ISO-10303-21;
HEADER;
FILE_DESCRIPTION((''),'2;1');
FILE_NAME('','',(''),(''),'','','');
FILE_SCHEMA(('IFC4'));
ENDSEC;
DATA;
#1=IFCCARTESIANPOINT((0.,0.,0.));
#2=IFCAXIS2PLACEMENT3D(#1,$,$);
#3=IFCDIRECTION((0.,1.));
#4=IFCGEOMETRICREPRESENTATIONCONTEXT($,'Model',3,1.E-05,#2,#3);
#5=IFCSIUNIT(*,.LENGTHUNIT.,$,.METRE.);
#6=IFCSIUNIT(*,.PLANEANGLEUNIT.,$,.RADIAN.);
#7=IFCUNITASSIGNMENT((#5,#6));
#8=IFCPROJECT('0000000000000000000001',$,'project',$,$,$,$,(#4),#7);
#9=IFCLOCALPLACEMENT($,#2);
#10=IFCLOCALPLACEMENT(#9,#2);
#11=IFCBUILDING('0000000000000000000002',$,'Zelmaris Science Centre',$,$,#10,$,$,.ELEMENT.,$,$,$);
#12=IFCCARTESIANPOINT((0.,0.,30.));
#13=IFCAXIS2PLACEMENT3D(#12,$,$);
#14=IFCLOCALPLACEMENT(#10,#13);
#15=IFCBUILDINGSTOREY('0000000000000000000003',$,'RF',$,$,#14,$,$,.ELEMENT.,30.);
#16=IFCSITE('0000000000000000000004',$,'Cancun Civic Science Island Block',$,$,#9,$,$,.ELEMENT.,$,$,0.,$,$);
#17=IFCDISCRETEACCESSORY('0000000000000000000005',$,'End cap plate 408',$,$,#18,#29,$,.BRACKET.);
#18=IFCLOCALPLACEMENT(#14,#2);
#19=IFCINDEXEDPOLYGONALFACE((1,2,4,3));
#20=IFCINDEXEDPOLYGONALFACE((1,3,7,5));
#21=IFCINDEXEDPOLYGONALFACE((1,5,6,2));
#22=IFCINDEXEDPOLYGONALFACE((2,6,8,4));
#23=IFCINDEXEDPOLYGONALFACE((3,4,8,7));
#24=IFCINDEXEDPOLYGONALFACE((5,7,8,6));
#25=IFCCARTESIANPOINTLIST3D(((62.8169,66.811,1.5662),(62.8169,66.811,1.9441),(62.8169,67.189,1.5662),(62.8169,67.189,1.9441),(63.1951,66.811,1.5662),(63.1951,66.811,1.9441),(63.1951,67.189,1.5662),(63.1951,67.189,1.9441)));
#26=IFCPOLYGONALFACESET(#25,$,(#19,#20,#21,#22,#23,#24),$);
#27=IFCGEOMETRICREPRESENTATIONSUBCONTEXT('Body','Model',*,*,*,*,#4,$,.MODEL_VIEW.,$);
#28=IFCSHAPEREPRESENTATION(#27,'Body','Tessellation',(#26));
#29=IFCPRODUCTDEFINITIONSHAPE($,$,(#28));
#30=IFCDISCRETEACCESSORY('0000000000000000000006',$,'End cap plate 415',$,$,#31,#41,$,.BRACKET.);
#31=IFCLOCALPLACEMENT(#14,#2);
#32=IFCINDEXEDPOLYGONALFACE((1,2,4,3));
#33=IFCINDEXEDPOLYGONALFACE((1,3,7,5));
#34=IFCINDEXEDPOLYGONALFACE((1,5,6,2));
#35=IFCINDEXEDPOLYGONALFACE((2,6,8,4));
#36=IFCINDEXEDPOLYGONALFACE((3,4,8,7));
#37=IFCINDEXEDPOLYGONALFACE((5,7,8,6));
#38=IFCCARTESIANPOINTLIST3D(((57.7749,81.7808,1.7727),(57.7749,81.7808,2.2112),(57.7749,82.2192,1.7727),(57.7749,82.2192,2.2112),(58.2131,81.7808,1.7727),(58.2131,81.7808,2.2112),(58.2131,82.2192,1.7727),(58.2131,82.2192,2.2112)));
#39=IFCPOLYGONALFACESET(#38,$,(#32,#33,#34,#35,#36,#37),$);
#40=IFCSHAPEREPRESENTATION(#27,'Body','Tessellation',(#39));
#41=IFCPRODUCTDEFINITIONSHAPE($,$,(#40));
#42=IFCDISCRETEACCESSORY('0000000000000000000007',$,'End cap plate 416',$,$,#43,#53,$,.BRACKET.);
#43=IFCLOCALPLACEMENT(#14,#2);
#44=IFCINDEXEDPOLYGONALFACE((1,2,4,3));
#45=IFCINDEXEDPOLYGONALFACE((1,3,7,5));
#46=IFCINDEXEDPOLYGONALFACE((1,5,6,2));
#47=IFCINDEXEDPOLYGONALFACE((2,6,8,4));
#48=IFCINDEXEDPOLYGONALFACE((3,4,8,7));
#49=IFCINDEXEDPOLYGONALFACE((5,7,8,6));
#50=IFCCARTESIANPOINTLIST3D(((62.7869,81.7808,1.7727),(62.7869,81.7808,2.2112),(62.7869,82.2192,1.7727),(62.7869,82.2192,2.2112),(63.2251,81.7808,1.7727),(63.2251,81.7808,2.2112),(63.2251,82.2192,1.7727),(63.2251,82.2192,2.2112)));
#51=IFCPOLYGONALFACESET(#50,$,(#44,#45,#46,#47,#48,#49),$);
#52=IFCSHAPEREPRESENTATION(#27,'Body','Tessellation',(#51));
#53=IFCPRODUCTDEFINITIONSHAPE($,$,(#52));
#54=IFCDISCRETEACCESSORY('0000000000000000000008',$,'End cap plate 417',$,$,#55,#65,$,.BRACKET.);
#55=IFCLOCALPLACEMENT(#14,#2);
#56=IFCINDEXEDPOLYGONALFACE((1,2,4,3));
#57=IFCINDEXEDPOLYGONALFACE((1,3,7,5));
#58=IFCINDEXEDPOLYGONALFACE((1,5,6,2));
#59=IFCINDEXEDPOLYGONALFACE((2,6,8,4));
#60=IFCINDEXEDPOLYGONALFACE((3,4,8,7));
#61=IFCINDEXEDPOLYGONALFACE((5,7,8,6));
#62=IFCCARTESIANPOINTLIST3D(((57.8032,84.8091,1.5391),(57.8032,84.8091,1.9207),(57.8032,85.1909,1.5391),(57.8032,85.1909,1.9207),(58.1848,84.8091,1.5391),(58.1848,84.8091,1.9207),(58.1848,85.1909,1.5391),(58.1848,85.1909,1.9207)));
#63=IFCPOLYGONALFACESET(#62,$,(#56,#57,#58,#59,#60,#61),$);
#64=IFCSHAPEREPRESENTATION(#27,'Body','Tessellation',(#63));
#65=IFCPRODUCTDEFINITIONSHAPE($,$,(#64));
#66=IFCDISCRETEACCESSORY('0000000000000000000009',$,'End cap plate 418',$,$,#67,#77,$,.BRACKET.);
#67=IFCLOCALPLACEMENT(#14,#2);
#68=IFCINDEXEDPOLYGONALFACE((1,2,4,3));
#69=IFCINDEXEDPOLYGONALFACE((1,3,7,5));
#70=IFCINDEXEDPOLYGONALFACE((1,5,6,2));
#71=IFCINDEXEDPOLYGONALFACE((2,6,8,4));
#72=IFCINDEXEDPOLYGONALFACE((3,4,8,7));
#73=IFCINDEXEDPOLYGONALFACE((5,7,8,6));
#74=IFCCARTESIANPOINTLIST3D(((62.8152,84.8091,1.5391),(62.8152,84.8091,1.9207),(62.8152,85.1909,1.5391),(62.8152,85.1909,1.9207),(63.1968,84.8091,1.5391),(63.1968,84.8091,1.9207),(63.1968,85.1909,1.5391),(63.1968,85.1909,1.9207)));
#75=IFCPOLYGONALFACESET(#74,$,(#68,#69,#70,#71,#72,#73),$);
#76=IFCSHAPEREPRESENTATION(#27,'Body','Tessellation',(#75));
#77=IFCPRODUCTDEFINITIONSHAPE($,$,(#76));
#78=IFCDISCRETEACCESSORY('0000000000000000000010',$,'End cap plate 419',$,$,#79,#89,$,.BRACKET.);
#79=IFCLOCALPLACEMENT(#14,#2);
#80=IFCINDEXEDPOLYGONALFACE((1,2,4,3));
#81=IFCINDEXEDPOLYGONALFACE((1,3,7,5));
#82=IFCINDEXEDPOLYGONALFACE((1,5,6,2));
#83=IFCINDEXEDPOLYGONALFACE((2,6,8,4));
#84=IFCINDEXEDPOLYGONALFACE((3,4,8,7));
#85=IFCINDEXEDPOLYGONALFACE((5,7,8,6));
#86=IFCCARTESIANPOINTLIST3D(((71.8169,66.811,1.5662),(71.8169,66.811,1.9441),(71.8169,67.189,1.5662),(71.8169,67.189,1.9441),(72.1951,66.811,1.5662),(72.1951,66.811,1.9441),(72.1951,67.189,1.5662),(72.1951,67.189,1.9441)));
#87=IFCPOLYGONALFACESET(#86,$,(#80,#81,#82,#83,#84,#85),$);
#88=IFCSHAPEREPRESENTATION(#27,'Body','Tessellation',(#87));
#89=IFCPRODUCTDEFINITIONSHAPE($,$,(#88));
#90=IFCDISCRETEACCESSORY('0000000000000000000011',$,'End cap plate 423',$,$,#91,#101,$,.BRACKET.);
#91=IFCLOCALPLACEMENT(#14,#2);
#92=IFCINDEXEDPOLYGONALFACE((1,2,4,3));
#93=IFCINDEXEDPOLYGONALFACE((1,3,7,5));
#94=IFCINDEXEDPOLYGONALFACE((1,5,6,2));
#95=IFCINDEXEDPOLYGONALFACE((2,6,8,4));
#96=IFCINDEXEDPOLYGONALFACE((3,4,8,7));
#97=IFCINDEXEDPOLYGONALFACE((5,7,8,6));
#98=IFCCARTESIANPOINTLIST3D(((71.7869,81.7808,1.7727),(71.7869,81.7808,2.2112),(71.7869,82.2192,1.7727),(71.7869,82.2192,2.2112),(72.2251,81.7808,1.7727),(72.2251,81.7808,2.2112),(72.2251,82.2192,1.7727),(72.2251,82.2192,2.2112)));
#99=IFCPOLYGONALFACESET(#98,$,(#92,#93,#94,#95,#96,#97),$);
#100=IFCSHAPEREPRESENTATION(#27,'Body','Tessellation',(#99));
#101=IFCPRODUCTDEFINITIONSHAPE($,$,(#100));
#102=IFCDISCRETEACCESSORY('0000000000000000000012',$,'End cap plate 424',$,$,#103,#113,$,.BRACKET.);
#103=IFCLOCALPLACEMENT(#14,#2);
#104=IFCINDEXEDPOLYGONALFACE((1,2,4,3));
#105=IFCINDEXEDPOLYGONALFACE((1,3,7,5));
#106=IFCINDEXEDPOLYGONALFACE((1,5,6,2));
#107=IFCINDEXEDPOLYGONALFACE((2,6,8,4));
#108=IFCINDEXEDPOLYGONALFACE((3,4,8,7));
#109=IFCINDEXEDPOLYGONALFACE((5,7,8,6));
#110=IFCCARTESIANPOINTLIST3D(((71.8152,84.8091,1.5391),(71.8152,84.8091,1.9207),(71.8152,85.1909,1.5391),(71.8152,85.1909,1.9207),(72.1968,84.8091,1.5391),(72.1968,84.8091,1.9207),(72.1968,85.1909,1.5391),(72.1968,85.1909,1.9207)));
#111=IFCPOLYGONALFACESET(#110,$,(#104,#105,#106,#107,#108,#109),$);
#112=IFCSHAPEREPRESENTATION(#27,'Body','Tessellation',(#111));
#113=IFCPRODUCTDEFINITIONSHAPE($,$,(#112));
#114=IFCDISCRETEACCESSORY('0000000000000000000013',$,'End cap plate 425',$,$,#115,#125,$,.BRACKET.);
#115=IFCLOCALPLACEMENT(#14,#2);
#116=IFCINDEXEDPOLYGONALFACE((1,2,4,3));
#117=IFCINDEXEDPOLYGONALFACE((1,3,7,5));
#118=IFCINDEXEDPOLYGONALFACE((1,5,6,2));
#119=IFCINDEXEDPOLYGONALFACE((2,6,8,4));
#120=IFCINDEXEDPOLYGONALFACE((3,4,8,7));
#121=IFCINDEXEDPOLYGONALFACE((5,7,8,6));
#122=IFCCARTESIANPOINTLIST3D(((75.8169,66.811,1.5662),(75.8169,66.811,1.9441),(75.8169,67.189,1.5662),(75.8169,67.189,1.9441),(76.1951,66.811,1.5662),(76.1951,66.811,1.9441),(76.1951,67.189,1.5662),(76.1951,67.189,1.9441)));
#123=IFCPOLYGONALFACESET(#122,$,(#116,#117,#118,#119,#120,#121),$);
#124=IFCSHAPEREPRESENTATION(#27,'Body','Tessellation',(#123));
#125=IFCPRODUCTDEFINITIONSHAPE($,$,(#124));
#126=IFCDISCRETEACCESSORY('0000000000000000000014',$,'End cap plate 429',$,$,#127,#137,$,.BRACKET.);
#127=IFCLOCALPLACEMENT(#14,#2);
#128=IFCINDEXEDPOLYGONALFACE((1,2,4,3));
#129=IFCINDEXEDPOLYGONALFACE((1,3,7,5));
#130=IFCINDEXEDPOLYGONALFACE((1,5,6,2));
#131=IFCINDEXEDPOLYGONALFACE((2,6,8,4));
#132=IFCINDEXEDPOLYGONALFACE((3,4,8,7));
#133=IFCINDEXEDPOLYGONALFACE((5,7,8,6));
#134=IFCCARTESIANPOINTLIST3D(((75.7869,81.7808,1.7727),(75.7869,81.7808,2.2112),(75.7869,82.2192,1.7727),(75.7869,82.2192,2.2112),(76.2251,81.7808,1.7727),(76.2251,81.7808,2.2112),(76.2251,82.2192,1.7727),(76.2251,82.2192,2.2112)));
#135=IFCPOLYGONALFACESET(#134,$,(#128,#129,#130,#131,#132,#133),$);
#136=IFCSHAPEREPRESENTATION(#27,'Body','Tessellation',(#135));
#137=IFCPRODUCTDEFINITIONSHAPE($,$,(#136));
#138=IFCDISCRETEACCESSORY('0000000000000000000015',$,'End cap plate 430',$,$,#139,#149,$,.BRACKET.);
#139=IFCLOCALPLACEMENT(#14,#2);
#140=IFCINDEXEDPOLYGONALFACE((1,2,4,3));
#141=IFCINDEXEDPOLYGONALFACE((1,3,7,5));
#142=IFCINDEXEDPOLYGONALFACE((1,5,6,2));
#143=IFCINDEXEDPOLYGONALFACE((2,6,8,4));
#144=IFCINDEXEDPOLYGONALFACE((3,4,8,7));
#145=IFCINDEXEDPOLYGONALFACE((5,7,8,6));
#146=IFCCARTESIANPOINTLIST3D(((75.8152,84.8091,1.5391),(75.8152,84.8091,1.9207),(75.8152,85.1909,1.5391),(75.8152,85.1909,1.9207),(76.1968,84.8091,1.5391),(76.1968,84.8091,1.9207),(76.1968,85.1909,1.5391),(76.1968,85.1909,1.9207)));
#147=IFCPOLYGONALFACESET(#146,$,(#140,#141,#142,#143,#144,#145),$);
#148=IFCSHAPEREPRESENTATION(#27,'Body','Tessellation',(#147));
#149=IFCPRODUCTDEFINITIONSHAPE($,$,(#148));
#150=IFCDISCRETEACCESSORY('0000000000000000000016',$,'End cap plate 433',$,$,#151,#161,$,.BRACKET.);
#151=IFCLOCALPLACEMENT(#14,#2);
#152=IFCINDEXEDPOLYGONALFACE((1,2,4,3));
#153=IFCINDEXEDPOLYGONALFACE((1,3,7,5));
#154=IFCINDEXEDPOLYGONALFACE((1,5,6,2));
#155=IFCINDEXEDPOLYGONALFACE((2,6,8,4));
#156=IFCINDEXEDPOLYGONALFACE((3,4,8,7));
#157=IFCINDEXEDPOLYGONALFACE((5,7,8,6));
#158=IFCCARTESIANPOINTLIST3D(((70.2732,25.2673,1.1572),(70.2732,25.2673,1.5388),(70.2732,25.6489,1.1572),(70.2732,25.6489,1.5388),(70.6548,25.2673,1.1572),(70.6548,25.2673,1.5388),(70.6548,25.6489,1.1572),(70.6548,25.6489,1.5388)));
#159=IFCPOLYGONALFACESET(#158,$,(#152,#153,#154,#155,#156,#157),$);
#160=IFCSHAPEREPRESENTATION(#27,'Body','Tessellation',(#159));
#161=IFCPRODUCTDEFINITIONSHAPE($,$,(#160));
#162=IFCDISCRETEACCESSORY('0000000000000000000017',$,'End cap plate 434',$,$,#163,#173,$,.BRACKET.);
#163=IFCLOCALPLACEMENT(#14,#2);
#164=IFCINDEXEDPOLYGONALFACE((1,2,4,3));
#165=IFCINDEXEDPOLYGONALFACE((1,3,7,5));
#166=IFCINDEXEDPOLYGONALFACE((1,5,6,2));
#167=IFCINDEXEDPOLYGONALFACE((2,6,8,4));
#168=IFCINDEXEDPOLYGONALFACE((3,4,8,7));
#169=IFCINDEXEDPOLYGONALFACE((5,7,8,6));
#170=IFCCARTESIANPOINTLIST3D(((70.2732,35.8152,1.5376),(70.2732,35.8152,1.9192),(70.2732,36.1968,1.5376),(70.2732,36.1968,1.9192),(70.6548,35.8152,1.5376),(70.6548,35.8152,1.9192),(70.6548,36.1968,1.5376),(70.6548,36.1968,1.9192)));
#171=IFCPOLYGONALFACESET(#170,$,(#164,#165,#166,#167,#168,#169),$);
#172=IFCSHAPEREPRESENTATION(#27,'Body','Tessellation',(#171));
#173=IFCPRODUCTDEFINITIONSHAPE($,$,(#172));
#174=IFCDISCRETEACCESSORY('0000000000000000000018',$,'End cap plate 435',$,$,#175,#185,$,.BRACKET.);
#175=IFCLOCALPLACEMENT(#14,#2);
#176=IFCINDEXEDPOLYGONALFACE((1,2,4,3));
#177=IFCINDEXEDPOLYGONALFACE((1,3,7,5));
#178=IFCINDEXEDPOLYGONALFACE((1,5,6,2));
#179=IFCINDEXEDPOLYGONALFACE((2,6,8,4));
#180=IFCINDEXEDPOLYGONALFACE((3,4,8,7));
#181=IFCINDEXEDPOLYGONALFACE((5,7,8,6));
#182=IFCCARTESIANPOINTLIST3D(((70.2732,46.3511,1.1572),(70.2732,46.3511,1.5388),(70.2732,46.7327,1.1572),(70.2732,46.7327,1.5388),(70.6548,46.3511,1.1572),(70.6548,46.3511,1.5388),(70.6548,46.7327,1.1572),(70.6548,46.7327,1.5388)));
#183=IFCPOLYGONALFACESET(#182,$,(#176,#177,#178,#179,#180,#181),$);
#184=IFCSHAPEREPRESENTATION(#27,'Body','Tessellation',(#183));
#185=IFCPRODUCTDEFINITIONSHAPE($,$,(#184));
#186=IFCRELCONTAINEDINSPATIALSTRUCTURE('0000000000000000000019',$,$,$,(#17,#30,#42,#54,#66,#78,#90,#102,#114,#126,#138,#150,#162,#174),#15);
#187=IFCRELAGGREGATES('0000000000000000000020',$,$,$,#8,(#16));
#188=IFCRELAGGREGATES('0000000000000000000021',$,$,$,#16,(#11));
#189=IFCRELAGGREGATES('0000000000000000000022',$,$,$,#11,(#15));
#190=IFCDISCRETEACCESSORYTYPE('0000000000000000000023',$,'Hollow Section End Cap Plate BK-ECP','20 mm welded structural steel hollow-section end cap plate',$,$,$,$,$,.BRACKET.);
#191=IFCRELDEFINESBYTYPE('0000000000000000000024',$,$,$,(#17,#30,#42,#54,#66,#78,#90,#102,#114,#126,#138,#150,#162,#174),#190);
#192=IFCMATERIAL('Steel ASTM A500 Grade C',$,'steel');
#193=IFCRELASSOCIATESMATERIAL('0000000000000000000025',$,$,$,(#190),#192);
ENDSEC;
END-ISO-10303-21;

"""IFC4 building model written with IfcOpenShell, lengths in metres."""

from ifc_helpers import new_model, si_unit, direction, frame, origin, place, context, subcontext, project, spatial, polyline, outline, extrude, material, type_object, element, save


model = new_model("IFC4")

# Units and contexts
model_context = context("Model", 3, precision=1e-05, world=origin(), true_north=direction((0.0, 1.0)))
body_context = subcontext(model_context, "Body", "Model", "MODEL_VIEW")
ifc_project = project(units=[si_unit("LENGTHUNIT", "METRE"), si_unit("PLANEANGLEUNIT", "RADIAN")], contexts=[model_context])

# Site, building, storey
site_placement = place(None, origin())
site = spatial("IfcSite", under=ifc_project, at=site_placement, Name="Cancun Civic Science Island Block", CompositionType="ELEMENT", RefElevation=0.0)
building_placement = place(site_placement, origin())
building = spatial("IfcBuilding", under=site, at=building_placement, Name="Zelmaris Science Centre", CompositionType="ELEMENT")
storey_placement = place(building_placement, frame((0.0, 0.0, 30.0)))
storey = spatial("IfcBuildingStorey", under=building, at=storey_placement, Name="RF", CompositionType="ELEMENT", Elevation=30.0)

# Discrete accessories
ifc_material = material(Name="Steel ASTM A500 Grade C", Category="steel")
discrete_accessory_type = type_object("IfcDiscreteAccessoryType", Name="Hollow Section End Cap Plate BK-ECP", Description="20 mm welded structural steel hollow-section end cap plate", PredefinedType="BRACKET", material=ifc_material)
discrete_accessory_1_placement = place(storey_placement, frame((0.0, 0.0, 1.5662)))
element("IfcDiscreteAccessory", 1, at=discrete_accessory_1_placement, inside=storey, type_object=discrete_accessory_type, Name="End cap plate 408", PredefinedType="BRACKET", context=body_context, shape_type="SweptSolid", body=[
    extrude(outline(polyline([(62.8169, 66.811), (63.1951, 66.811), (63.1951, 67.189), (62.8169, 67.189), (62.8169, 66.811)])), origin(), (0.0, 0.0, 1.0), 0.3779),
])
discrete_accessory_2_placement = place(storey_placement, frame((0.0, 0.0, 1.7727)))
element("IfcDiscreteAccessory", 2, at=discrete_accessory_2_placement, inside=storey, type_object=discrete_accessory_type, Name="End cap plate 415", PredefinedType="BRACKET", context=body_context, shape_type="SweptSolid", body=[
    extrude(outline(polyline([(57.7749, 81.7808), (58.2131, 81.7808), (58.2131, 82.2192), (57.7749, 82.2192), (57.7749, 81.7808)])), origin(), (0.0, 0.0, 1.0), 0.4385),
])
discrete_accessory_3_placement = place(storey_placement, frame((0.0, 0.0, 1.7727)))
element("IfcDiscreteAccessory", 3, at=discrete_accessory_3_placement, inside=storey, type_object=discrete_accessory_type, Name="End cap plate 416", PredefinedType="BRACKET", context=body_context, shape_type="SweptSolid", body=[
    extrude(outline(polyline([(62.7869, 81.7808), (63.2251, 81.7808), (63.2251, 82.2192), (62.7869, 82.2192), (62.7869, 81.7808)])), origin(), (0.0, 0.0, 1.0), 0.4385),
])
discrete_accessory_4_placement = place(storey_placement, frame((0.0, 0.0, 1.5391)))
element("IfcDiscreteAccessory", 4, at=discrete_accessory_4_placement, inside=storey, type_object=discrete_accessory_type, Name="End cap plate 417", PredefinedType="BRACKET", context=body_context, shape_type="SweptSolid", body=[
    extrude(outline(polyline([(57.8032, 84.8091), (58.1848, 84.8091), (58.1848, 85.1909), (57.8032, 85.1909), (57.8032, 84.8091)])), origin(), (0.0, 0.0, 1.0), 0.3816),
])
discrete_accessory_5_placement = place(storey_placement, frame((0.0, 0.0, 1.5391)))
element("IfcDiscreteAccessory", 5, at=discrete_accessory_5_placement, inside=storey, type_object=discrete_accessory_type, Name="End cap plate 418", PredefinedType="BRACKET", context=body_context, shape_type="SweptSolid", body=[
    extrude(outline(polyline([(62.8152, 84.8091), (63.1968, 84.8091), (63.1968, 85.1909), (62.8152, 85.1909), (62.8152, 84.8091)])), origin(), (0.0, 0.0, 1.0), 0.3816),
])
discrete_accessory_6_placement = place(storey_placement, frame((0.0, 0.0, 1.5662)))
element("IfcDiscreteAccessory", 6, at=discrete_accessory_6_placement, inside=storey, type_object=discrete_accessory_type, Name="End cap plate 419", PredefinedType="BRACKET", context=body_context, shape_type="SweptSolid", body=[
    extrude(outline(polyline([(71.8169, 66.811), (72.1951, 66.811), (72.1951, 67.189), (71.8169, 67.189), (71.8169, 66.811)])), origin(), (0.0, 0.0, 1.0), 0.3779),
])
discrete_accessory_7_placement = place(storey_placement, frame((0.0, 0.0, 1.7727)))
element("IfcDiscreteAccessory", 7, at=discrete_accessory_7_placement, inside=storey, type_object=discrete_accessory_type, Name="End cap plate 423", PredefinedType="BRACKET", context=body_context, shape_type="SweptSolid", body=[
    extrude(outline(polyline([(71.7869, 81.7808), (72.2251, 81.7808), (72.2251, 82.2192), (71.7869, 82.2192), (71.7869, 81.7808)])), origin(), (0.0, 0.0, 1.0), 0.4385),
])
discrete_accessory_8_placement = place(storey_placement, frame((0.0, 0.0, 1.5391)))
element("IfcDiscreteAccessory", 8, at=discrete_accessory_8_placement, inside=storey, type_object=discrete_accessory_type, Name="End cap plate 424", PredefinedType="BRACKET", context=body_context, shape_type="SweptSolid", body=[
    extrude(outline(polyline([(71.8152, 84.8091), (72.1968, 84.8091), (72.1968, 85.1909), (71.8152, 85.1909), (71.8152, 84.8091)])), origin(), (0.0, 0.0, 1.0), 0.3816),
])
discrete_accessory_9_placement = place(storey_placement, frame((0.0, 0.0, 1.5662)))
element("IfcDiscreteAccessory", 9, at=discrete_accessory_9_placement, inside=storey, type_object=discrete_accessory_type, Name="End cap plate 425", PredefinedType="BRACKET", context=body_context, shape_type="SweptSolid", body=[
    extrude(outline(polyline([(75.8169, 66.811), (76.1951, 66.811), (76.1951, 67.189), (75.8169, 67.189), (75.8169, 66.811)])), origin(), (0.0, 0.0, 1.0), 0.3779),
])
discrete_accessory_10_placement = place(storey_placement, frame((0.0, 0.0, 1.7727)))
element("IfcDiscreteAccessory", 10, at=discrete_accessory_10_placement, inside=storey, type_object=discrete_accessory_type, Name="End cap plate 429", PredefinedType="BRACKET", context=body_context, shape_type="SweptSolid", body=[
    extrude(outline(polyline([(75.7869, 81.7808), (76.2251, 81.7808), (76.2251, 82.2192), (75.7869, 82.2192), (75.7869, 81.7808)])), origin(), (0.0, 0.0, 1.0), 0.4385),
])
discrete_accessory_11_placement = place(storey_placement, frame((0.0, 0.0, 1.5391)))
element("IfcDiscreteAccessory", 11, at=discrete_accessory_11_placement, inside=storey, type_object=discrete_accessory_type, Name="End cap plate 430", PredefinedType="BRACKET", context=body_context, shape_type="SweptSolid", body=[
    extrude(outline(polyline([(75.8152, 84.8091), (76.1968, 84.8091), (76.1968, 85.1909), (75.8152, 85.1909), (75.8152, 84.8091)])), origin(), (0.0, 0.0, 1.0), 0.3816),
])
discrete_accessory_12_placement = place(storey_placement, frame((0.0, 0.0, 1.1572)))
element("IfcDiscreteAccessory", 12, at=discrete_accessory_12_placement, inside=storey, type_object=discrete_accessory_type, Name="End cap plate 433", PredefinedType="BRACKET", context=body_context, shape_type="SweptSolid", body=[
    extrude(outline(polyline([(70.2732, 25.2673), (70.6548, 25.2673), (70.6548, 25.6489), (70.2732, 25.6489), (70.2732, 25.2673)])), origin(), (0.0, 0.0, 1.0), 0.3816),
])
discrete_accessory_13_placement = place(storey_placement, frame((0.0, 0.0, 1.5376)))
element("IfcDiscreteAccessory", 13, at=discrete_accessory_13_placement, inside=storey, type_object=discrete_accessory_type, Name="End cap plate 434", PredefinedType="BRACKET", context=body_context, shape_type="SweptSolid", body=[
    extrude(outline(polyline([(70.2732, 35.8152), (70.6548, 35.8152), (70.6548, 36.1968), (70.2732, 36.1968), (70.2732, 35.8152)])), origin(), (0.0, 0.0, 1.0), 0.3816),
])
discrete_accessory_14_placement = place(storey_placement, frame((0.0, 0.0, 1.1572)))
element("IfcDiscreteAccessory", 14, at=discrete_accessory_14_placement, inside=storey, type_object=discrete_accessory_type, Name="End cap plate 435", PredefinedType="BRACKET", context=body_context, shape_type="SweptSolid", body=[
    extrude(outline(polyline([(70.2732, 46.3511), (70.6548, 46.3511), (70.6548, 46.7327), (70.2732, 46.7327), (70.2732, 46.3511)])), origin(), (0.0, 0.0, 1.0), 0.3816),
])

save(model, "model.ifc")
